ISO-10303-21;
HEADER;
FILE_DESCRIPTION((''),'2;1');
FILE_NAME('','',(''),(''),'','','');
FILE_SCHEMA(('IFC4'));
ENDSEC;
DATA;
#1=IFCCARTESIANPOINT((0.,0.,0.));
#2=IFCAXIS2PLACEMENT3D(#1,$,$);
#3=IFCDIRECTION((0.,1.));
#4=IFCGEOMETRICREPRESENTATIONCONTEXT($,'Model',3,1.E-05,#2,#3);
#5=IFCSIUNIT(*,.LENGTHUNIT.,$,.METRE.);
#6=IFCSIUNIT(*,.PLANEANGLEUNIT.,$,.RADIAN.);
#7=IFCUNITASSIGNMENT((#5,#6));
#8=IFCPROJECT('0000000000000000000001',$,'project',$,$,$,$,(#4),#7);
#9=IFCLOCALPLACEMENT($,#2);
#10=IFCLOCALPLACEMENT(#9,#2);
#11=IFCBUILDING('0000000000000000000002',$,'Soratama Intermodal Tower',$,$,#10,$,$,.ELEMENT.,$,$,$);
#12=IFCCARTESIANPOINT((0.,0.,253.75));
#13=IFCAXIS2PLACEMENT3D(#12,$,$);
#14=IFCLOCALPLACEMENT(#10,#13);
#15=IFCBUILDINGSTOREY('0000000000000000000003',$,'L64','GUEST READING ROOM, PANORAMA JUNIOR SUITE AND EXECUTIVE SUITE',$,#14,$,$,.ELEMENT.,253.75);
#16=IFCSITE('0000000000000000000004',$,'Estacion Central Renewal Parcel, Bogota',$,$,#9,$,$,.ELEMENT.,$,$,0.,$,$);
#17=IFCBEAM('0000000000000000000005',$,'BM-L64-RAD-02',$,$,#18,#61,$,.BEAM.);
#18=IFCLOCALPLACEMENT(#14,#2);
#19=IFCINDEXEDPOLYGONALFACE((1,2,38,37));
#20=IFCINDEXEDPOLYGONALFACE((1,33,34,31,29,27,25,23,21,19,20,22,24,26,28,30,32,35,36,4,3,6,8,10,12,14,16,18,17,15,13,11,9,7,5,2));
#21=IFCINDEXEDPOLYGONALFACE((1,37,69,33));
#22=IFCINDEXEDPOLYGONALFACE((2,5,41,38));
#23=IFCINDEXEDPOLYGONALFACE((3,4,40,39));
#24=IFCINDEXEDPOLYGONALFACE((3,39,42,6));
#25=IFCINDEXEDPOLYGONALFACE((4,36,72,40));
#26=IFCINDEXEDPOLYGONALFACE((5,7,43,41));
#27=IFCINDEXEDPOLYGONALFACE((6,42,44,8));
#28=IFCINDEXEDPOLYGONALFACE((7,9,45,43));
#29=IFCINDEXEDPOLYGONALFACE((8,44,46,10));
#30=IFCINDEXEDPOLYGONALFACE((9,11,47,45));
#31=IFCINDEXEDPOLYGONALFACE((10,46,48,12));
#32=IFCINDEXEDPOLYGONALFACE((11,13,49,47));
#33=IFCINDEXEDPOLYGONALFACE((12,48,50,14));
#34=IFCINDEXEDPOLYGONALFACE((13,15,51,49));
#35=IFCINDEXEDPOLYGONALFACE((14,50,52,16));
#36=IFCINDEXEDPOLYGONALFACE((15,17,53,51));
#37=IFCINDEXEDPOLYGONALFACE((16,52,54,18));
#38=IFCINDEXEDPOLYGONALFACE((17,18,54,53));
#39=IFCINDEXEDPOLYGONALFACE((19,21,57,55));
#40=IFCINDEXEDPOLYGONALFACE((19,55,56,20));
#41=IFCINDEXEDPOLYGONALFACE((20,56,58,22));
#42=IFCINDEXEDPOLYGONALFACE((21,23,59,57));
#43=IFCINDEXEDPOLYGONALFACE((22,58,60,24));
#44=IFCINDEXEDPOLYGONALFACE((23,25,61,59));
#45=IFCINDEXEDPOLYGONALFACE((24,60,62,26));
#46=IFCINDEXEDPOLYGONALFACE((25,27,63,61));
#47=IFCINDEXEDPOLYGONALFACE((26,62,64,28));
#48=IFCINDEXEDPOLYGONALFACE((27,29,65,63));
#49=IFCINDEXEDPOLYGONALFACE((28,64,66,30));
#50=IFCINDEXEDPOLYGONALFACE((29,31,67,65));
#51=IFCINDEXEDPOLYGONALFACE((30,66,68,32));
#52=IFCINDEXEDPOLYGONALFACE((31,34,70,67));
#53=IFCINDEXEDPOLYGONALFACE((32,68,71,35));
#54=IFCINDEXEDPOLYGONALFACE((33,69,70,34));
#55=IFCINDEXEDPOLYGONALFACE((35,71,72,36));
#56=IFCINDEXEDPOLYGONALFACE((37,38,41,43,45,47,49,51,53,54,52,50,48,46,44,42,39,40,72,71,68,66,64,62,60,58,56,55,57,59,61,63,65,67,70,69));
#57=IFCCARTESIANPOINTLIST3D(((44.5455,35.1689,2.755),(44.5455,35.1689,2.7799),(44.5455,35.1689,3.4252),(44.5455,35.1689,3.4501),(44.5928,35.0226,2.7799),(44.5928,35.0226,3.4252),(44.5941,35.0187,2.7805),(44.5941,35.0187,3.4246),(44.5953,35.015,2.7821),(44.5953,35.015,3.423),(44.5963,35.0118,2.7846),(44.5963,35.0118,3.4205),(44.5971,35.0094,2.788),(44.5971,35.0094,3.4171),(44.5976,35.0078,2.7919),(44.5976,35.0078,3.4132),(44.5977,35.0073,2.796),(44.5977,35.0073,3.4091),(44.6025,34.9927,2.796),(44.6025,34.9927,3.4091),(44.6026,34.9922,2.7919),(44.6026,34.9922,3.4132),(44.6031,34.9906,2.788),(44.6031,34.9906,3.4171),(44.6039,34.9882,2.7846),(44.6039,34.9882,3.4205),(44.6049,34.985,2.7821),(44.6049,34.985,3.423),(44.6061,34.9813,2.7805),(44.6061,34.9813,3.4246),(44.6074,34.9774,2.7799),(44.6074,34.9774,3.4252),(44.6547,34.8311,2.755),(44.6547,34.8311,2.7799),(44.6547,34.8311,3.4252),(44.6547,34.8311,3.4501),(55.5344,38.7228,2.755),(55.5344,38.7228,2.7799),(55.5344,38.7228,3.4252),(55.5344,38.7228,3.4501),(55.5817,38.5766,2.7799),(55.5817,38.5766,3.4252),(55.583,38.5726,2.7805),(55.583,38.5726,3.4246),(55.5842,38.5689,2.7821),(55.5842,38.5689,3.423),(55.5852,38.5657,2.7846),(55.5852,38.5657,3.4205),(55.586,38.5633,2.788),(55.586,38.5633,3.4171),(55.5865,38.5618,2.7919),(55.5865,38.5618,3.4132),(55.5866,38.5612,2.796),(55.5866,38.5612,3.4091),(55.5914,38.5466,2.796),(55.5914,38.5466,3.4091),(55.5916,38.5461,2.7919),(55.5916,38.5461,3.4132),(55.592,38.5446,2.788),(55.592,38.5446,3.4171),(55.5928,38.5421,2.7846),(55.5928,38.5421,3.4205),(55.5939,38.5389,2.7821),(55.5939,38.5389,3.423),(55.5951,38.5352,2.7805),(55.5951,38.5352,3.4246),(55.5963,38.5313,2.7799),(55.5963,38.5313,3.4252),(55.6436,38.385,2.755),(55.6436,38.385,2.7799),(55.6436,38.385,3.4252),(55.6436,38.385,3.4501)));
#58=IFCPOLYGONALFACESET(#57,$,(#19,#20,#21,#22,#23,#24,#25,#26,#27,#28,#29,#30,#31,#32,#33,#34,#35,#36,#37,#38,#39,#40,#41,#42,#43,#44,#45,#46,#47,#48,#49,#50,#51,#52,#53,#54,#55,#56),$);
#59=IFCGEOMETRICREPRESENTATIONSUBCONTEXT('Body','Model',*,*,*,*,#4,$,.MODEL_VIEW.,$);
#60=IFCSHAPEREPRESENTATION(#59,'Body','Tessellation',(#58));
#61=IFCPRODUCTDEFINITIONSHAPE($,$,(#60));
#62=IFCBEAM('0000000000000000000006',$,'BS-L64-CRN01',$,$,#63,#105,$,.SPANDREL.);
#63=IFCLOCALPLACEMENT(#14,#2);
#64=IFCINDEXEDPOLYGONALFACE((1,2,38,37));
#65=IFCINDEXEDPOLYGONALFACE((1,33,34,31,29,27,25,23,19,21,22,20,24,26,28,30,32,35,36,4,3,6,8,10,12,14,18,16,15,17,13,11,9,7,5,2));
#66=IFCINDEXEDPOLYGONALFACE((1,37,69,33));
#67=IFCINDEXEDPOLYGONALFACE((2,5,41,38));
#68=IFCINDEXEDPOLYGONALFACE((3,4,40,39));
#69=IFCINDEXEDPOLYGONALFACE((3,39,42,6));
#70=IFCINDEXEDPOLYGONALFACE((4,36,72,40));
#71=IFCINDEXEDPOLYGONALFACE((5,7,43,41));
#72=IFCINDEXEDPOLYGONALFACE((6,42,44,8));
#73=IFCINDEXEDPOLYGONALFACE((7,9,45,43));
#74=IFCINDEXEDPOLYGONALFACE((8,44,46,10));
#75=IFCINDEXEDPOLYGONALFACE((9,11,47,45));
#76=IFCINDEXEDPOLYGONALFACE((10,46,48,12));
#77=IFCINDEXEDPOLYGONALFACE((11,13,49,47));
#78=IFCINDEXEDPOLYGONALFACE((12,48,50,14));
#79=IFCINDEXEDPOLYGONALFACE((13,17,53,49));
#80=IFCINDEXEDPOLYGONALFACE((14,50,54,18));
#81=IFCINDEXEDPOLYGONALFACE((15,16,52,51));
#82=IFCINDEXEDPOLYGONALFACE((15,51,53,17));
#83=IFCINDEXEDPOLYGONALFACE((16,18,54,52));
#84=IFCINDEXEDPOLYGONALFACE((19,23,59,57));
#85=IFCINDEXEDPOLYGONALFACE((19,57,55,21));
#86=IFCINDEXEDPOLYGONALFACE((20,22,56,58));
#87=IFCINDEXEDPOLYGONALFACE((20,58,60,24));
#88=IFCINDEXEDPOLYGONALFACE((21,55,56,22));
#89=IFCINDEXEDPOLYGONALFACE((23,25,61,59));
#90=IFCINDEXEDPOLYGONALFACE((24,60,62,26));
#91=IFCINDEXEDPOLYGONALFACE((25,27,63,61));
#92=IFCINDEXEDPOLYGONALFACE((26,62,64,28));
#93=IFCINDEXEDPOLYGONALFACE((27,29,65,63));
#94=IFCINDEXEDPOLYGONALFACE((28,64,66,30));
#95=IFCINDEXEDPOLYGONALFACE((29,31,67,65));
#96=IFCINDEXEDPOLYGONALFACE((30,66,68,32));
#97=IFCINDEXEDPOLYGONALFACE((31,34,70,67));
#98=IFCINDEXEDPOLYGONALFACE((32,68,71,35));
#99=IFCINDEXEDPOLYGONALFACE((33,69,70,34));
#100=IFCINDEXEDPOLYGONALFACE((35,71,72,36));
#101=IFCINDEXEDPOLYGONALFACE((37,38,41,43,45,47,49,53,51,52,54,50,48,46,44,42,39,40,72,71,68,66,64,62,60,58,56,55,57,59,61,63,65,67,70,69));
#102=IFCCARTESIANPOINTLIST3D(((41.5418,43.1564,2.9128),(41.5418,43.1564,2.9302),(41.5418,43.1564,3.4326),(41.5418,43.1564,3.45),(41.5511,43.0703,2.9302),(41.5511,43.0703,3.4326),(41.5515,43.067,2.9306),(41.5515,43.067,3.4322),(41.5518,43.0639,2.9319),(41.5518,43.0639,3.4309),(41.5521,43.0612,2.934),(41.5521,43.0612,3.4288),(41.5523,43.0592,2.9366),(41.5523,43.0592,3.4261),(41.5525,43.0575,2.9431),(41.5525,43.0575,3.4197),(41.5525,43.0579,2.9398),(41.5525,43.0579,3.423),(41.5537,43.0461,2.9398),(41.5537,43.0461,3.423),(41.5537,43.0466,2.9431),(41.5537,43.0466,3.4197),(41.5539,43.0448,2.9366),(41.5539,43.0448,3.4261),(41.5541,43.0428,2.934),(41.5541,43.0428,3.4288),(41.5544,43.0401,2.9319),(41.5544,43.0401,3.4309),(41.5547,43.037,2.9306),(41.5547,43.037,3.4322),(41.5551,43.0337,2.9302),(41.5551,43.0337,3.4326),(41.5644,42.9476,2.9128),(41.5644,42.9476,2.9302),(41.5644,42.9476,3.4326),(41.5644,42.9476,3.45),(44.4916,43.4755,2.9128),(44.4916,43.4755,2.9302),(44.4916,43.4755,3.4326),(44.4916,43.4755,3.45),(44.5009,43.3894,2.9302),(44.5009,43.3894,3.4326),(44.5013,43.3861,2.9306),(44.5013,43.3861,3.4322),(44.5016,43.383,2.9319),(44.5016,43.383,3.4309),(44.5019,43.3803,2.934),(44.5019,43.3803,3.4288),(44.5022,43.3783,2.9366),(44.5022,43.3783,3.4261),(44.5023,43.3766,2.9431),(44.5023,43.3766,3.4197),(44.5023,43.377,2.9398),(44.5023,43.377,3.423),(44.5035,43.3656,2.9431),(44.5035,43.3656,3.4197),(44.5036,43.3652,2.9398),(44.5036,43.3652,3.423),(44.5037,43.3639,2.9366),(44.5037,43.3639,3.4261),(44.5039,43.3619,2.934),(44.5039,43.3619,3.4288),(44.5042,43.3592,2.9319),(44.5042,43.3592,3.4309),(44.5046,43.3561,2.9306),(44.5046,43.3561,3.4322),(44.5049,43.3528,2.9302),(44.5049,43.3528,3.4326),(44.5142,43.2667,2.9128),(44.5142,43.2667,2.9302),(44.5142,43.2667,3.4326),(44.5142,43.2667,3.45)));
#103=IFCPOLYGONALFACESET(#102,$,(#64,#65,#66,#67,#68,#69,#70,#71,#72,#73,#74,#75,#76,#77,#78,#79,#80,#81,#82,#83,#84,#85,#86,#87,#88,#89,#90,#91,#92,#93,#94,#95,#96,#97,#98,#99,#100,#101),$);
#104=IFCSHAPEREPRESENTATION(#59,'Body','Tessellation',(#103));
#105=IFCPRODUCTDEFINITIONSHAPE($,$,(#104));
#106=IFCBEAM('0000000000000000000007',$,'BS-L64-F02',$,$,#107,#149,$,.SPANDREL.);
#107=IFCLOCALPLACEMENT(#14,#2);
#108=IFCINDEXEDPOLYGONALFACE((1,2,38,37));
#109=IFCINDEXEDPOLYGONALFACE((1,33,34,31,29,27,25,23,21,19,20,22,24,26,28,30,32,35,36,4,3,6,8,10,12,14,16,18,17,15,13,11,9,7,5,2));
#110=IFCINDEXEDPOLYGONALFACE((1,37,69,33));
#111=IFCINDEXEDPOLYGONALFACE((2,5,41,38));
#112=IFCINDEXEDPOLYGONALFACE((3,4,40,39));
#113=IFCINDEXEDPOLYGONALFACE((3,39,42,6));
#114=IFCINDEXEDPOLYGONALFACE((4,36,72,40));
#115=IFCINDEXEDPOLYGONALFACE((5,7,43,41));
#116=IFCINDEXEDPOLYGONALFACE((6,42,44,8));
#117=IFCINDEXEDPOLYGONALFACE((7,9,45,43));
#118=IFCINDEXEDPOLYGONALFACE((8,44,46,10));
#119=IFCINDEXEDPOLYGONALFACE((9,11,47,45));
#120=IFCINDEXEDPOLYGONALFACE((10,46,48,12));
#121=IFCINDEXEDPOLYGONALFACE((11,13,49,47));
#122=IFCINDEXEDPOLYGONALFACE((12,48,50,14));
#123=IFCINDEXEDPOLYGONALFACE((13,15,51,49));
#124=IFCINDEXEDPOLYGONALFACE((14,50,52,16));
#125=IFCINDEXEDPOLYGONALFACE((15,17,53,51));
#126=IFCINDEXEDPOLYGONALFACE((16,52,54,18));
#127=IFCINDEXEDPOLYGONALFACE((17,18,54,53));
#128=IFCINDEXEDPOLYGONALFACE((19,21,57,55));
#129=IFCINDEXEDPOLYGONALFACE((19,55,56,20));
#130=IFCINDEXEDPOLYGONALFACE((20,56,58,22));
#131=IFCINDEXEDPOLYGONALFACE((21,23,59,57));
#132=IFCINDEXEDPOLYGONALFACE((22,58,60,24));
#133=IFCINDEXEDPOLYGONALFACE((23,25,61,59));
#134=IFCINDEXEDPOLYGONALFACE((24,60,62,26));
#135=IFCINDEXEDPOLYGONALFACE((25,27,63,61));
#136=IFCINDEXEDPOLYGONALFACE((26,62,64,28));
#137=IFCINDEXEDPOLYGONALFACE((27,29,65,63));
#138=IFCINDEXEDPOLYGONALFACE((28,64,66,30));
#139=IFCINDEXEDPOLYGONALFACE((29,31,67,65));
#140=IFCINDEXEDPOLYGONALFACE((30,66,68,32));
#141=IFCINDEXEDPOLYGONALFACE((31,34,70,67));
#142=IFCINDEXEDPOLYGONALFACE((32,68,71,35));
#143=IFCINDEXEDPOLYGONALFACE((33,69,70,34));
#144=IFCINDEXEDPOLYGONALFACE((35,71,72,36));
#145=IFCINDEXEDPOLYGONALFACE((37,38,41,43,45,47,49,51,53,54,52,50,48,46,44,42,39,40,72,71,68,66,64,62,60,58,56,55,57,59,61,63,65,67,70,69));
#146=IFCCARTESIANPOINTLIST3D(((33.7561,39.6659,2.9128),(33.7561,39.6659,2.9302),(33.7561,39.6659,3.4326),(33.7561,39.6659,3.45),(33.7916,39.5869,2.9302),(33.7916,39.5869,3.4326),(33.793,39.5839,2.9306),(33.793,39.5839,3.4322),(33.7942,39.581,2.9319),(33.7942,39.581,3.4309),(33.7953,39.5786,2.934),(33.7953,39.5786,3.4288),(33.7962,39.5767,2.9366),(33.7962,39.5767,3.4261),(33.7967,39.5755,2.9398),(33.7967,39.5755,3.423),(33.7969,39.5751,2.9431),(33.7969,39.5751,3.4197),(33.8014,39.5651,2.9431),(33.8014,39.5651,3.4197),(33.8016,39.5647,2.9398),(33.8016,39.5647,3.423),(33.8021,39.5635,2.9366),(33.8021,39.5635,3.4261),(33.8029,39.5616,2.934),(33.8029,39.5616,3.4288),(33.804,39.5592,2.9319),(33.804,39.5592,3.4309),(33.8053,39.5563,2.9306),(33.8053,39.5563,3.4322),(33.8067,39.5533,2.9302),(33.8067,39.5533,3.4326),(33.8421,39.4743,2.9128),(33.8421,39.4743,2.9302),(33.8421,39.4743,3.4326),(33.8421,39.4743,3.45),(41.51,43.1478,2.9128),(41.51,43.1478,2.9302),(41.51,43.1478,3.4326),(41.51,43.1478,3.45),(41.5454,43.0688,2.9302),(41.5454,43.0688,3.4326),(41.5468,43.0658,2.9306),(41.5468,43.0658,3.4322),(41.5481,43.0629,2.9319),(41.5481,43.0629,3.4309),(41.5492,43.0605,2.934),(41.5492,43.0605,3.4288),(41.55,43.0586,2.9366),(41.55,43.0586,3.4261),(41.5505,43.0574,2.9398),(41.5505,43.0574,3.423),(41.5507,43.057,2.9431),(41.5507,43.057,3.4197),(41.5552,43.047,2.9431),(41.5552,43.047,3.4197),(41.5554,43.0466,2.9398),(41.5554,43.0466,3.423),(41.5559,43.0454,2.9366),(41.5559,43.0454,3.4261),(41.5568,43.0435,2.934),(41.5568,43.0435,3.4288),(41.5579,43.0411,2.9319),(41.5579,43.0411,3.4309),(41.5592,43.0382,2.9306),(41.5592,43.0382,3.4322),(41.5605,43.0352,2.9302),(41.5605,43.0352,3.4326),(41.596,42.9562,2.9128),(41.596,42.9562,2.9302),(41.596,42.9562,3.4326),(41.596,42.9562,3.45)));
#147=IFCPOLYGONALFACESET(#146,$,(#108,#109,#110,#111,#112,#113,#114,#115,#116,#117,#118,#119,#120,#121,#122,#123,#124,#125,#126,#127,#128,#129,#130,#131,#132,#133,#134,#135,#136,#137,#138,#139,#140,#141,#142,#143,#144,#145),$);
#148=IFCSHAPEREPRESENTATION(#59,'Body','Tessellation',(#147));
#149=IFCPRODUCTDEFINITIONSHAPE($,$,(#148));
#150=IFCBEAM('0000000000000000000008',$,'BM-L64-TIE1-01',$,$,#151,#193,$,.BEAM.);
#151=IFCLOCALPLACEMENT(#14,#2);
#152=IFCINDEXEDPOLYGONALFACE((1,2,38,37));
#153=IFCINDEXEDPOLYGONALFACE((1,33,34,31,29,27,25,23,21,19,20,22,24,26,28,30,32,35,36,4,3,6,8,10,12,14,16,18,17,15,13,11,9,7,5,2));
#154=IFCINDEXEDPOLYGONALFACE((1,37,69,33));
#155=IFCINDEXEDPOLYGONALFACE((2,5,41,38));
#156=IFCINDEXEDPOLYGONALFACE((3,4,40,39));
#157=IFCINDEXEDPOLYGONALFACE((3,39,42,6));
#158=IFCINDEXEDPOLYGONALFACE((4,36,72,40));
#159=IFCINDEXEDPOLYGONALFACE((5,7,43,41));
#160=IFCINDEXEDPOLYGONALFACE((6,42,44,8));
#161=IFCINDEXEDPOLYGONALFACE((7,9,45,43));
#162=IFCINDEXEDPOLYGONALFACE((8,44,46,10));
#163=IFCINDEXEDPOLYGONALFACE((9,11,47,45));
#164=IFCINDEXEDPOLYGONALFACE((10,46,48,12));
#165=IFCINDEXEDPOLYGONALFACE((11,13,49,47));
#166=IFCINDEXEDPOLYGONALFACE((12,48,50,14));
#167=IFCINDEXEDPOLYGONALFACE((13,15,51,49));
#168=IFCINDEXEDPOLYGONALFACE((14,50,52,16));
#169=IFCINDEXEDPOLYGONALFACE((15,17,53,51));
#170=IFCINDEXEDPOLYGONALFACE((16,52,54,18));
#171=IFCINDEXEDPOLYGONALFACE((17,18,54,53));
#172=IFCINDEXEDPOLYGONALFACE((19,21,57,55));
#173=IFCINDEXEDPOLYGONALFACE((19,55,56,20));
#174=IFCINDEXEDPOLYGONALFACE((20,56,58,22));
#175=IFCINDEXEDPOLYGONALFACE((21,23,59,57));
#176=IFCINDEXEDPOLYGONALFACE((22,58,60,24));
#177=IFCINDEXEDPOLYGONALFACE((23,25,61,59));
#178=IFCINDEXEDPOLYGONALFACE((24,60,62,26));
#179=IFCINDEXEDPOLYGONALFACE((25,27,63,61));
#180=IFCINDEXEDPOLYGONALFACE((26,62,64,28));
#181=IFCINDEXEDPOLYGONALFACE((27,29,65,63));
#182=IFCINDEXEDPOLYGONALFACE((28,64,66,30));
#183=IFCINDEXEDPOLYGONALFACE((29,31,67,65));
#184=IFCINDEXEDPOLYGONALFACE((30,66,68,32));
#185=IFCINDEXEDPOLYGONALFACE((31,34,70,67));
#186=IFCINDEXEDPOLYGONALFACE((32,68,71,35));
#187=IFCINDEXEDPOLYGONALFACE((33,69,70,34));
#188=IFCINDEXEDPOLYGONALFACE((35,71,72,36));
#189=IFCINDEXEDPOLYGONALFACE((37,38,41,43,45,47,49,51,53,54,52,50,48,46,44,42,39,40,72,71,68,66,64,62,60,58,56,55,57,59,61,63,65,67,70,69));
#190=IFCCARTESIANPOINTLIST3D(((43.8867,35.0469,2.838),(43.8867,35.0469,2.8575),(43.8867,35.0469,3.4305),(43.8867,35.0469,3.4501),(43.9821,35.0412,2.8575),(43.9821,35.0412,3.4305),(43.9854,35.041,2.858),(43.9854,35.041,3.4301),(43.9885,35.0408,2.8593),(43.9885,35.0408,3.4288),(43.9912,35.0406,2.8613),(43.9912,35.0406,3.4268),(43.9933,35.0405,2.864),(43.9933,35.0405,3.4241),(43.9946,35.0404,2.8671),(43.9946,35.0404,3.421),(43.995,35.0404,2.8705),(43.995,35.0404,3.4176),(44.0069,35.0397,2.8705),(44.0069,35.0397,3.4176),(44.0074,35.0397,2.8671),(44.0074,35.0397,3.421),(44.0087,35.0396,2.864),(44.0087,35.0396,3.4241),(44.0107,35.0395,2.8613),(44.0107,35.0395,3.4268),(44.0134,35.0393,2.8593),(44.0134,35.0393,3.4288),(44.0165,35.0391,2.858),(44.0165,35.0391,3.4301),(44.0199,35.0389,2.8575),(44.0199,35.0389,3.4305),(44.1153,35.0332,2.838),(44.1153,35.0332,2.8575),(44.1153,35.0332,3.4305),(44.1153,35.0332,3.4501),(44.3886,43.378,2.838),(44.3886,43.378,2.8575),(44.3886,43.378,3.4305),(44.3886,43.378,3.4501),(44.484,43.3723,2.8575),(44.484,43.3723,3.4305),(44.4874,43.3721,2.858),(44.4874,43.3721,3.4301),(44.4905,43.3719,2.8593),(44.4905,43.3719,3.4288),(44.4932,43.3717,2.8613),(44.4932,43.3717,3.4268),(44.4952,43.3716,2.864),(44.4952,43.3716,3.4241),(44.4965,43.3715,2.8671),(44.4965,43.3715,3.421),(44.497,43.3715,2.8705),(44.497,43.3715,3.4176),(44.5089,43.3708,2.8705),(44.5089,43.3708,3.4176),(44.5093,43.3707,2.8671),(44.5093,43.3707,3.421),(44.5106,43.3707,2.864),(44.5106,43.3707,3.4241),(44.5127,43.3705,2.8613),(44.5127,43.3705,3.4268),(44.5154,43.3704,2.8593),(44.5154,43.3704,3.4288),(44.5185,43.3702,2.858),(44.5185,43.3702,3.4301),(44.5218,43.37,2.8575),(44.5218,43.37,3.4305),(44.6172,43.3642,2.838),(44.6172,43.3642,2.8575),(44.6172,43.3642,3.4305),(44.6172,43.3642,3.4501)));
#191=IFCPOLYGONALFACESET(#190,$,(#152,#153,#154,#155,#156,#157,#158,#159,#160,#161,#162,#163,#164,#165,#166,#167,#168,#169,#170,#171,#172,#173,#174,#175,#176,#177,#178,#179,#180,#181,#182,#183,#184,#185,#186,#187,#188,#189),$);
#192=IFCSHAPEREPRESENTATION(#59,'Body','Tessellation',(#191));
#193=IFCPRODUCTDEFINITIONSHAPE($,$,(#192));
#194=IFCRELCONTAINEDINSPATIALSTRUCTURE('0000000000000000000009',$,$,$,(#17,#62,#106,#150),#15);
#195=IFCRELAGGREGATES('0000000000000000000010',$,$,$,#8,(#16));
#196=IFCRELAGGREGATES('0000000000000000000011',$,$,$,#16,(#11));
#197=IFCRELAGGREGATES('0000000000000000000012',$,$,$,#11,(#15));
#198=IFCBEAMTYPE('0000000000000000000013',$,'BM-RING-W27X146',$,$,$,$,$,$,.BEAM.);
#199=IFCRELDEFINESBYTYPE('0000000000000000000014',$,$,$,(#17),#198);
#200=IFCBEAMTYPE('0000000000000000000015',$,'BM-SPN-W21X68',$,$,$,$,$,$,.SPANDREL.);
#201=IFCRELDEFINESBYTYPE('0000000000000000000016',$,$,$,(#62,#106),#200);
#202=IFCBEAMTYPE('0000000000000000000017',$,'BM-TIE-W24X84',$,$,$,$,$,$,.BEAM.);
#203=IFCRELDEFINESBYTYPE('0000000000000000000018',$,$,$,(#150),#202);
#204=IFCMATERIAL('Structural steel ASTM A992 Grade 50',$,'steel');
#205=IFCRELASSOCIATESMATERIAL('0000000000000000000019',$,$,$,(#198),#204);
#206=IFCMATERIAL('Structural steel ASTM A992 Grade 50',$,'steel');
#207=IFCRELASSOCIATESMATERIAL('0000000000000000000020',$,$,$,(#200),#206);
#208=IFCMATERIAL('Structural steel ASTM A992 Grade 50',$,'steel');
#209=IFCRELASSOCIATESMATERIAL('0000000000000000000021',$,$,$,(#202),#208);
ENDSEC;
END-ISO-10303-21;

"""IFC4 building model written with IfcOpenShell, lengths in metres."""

from ifc_helpers import new_model, si_unit, direction, frame, origin, origin_2d, place, context, subcontext, project, spatial, i_section, extrude, material, material_profile, profile_set, type_object, element, save


model = new_model("IFC4")

# Units and contexts
model_context = context("Model", 3, precision=1e-05, world=origin(), true_north=direction((0.0, 1.0)))
body_context = subcontext(model_context, "Body", "Model", "MODEL_VIEW")
ifc_project = project(units=[si_unit("LENGTHUNIT", "METRE"), si_unit("PLANEANGLEUNIT", "RADIAN")], contexts=[model_context])

# Site, building, storey
site_placement = place(None, origin())
site = spatial("IfcSite", under=ifc_project, at=site_placement, Name="Estacion Central Renewal Parcel, Bogota", CompositionType="ELEMENT", RefElevation=0.0)
building_placement = place(site_placement, origin())
building = spatial("IfcBuilding", under=site, at=building_placement, Name="Soratama Intermodal Tower", CompositionType="ELEMENT")
storey_placement = place(building_placement, frame((0.0, 0.0, 253.75)))
storey = spatial("IfcBuildingStorey", under=building, at=storey_placement, Name="L64", Description="GUEST READING ROOM, PANORAMA JUNIOR SUITE AND EXECUTIVE SUITE", CompositionType="ELEMENT", Elevation=253.75)

# Beams
ifc_material_1 = material(Name="Structural steel ASTM A992 Grade 50", Category="steel")
ifc_material_profile_1 = material_profile(ifc_material_1, i_section(OverallWidth=0.355, OverallDepth=0.6951, WebThickness=0.0154, FlangeThickness=0.0249, FilletRadius=0.0161, at=origin_2d()), Name="W27X146")
ifc_profile_set_1 = profile_set([ifc_material_profile_1], Name="Structural steel ASTM A992 Grade 50")
beam_type_1 = type_object("IfcBeamType", Name="BM-RING-W27X146", PredefinedType="BEAM", material=ifc_profile_set_1)
beam_1_placement = place(storey_placement, frame((44.6001, 35.0, 3.1025), z_axis=(0.951478, 0.307717, 0.0), x_axis=(-0.307717, 0.951478, 0.0)))
element("IfcBeam", 1, at=beam_1_placement, inside=storey, type_object=beam_type_1, Name="BM-L64-RAD-02", PredefinedType="BEAM", context=body_context, shape_type="SweptSolid", body=[
    extrude(i_section(OverallWidth=0.355, OverallDepth=0.6951, WebThickness=0.0154, FlangeThickness=0.0249, FilletRadius=0.0161, at=origin_2d()), origin(), (0.0, 0.0, 1.0), 11.5493),
])
ifc_material_2 = material(Name="Structural steel ASTM A992 Grade 50", Category="steel")
ifc_material_profile_2 = material_profile(ifc_material_2, i_section(OverallWidth=0.21, OverallDepth=0.5371, WebThickness=0.011, FlangeThickness=0.0173, FilletRadius=0.0129, at=origin_2d()), Name="W21X68")
ifc_profile_set_2 = profile_set([ifc_material_profile_2], Name="Structural steel ASTM A992 Grade 50")
beam_type_2 = type_object("IfcBeamType", Name="BM-SPN-W21X68", PredefinedType="SPANDREL", material=ifc_profile_set_2)
beam_2_placement = place(storey_placement, frame((44.5029, 43.3711, 3.1814), z_axis=(-0.994201, -0.107541, 0.0), x_axis=(0.107541, -0.994201, 0.0)))
element("IfcBeam", 2, at=beam_2_placement, inside=storey, type_object=beam_type_2, Name="BS-L64-CRN01", PredefinedType="SPANDREL", context=body_context, shape_type="SweptSolid", body=[
    extrude(i_section(OverallWidth=0.21, OverallDepth=0.5371, WebThickness=0.011, FlangeThickness=0.0173, FilletRadius=0.0129, at=origin_2d()), origin(), (0.0, 0.0, 1.0), 2.967),
])
beam_3_placement = place(storey_placement, frame((41.553, 43.052, 3.1814), z_axis=(-0.912244, -0.409648, 0.0), x_axis=(0.409648, -0.912244, 0.0)))
element("IfcBeam", 3, at=beam_3_placement, inside=storey, type_object=beam_type_2, Name="BS-L64-F02", PredefinedType="SPANDREL", context=body_context, shape_type="SweptSolid", body=[
    extrude(i_section(OverallWidth=0.21, OverallDepth=0.5371, WebThickness=0.011, FlangeThickness=0.0173, FilletRadius=0.0129, at=origin_2d()), origin(), (0.0, 0.0, 1.0), 8.4998),
])
ifc_material_3 = material(Name="Structural steel ASTM A992 Grade 50", Category="steel")
ifc_material_profile_3 = material_profile(ifc_material_3, i_section(OverallWidth=0.229, OverallDepth=0.6121, WebThickness=0.012, FlangeThickness=0.0195, FilletRadius=0.0129, at=origin_2d()), Name="W24X84")
ifc_profile_set_3 = profile_set([ifc_material_profile_3], Name="Structural steel ASTM A992 Grade 50")
beam_type_3 = type_object("IfcBeamType", Name="BM-TIE-W24X84", PredefinedType="BEAM", material=ifc_profile_set_3)
beam_4_placement = place(storey_placement, frame((44.001, 35.04, 3.144), z_axis=(0.060142, 0.99819, 0.0), x_axis=(-0.99819, 0.060142, 0.0)))
element("IfcBeam", 4, at=beam_4_placement, inside=storey, type_object=beam_type_3, Name="BM-L64-TIE1-01", PredefinedType="BEAM", context=body_context, shape_type="SweptSolid", body=[
    extrude(i_section(OverallWidth=0.229, OverallDepth=0.6121, WebThickness=0.012, FlangeThickness=0.0195, FilletRadius=0.0129, at=origin_2d()), origin(), (0.0, 0.0, 1.0), 8.3462),
])

save(model, "model.ifc")
